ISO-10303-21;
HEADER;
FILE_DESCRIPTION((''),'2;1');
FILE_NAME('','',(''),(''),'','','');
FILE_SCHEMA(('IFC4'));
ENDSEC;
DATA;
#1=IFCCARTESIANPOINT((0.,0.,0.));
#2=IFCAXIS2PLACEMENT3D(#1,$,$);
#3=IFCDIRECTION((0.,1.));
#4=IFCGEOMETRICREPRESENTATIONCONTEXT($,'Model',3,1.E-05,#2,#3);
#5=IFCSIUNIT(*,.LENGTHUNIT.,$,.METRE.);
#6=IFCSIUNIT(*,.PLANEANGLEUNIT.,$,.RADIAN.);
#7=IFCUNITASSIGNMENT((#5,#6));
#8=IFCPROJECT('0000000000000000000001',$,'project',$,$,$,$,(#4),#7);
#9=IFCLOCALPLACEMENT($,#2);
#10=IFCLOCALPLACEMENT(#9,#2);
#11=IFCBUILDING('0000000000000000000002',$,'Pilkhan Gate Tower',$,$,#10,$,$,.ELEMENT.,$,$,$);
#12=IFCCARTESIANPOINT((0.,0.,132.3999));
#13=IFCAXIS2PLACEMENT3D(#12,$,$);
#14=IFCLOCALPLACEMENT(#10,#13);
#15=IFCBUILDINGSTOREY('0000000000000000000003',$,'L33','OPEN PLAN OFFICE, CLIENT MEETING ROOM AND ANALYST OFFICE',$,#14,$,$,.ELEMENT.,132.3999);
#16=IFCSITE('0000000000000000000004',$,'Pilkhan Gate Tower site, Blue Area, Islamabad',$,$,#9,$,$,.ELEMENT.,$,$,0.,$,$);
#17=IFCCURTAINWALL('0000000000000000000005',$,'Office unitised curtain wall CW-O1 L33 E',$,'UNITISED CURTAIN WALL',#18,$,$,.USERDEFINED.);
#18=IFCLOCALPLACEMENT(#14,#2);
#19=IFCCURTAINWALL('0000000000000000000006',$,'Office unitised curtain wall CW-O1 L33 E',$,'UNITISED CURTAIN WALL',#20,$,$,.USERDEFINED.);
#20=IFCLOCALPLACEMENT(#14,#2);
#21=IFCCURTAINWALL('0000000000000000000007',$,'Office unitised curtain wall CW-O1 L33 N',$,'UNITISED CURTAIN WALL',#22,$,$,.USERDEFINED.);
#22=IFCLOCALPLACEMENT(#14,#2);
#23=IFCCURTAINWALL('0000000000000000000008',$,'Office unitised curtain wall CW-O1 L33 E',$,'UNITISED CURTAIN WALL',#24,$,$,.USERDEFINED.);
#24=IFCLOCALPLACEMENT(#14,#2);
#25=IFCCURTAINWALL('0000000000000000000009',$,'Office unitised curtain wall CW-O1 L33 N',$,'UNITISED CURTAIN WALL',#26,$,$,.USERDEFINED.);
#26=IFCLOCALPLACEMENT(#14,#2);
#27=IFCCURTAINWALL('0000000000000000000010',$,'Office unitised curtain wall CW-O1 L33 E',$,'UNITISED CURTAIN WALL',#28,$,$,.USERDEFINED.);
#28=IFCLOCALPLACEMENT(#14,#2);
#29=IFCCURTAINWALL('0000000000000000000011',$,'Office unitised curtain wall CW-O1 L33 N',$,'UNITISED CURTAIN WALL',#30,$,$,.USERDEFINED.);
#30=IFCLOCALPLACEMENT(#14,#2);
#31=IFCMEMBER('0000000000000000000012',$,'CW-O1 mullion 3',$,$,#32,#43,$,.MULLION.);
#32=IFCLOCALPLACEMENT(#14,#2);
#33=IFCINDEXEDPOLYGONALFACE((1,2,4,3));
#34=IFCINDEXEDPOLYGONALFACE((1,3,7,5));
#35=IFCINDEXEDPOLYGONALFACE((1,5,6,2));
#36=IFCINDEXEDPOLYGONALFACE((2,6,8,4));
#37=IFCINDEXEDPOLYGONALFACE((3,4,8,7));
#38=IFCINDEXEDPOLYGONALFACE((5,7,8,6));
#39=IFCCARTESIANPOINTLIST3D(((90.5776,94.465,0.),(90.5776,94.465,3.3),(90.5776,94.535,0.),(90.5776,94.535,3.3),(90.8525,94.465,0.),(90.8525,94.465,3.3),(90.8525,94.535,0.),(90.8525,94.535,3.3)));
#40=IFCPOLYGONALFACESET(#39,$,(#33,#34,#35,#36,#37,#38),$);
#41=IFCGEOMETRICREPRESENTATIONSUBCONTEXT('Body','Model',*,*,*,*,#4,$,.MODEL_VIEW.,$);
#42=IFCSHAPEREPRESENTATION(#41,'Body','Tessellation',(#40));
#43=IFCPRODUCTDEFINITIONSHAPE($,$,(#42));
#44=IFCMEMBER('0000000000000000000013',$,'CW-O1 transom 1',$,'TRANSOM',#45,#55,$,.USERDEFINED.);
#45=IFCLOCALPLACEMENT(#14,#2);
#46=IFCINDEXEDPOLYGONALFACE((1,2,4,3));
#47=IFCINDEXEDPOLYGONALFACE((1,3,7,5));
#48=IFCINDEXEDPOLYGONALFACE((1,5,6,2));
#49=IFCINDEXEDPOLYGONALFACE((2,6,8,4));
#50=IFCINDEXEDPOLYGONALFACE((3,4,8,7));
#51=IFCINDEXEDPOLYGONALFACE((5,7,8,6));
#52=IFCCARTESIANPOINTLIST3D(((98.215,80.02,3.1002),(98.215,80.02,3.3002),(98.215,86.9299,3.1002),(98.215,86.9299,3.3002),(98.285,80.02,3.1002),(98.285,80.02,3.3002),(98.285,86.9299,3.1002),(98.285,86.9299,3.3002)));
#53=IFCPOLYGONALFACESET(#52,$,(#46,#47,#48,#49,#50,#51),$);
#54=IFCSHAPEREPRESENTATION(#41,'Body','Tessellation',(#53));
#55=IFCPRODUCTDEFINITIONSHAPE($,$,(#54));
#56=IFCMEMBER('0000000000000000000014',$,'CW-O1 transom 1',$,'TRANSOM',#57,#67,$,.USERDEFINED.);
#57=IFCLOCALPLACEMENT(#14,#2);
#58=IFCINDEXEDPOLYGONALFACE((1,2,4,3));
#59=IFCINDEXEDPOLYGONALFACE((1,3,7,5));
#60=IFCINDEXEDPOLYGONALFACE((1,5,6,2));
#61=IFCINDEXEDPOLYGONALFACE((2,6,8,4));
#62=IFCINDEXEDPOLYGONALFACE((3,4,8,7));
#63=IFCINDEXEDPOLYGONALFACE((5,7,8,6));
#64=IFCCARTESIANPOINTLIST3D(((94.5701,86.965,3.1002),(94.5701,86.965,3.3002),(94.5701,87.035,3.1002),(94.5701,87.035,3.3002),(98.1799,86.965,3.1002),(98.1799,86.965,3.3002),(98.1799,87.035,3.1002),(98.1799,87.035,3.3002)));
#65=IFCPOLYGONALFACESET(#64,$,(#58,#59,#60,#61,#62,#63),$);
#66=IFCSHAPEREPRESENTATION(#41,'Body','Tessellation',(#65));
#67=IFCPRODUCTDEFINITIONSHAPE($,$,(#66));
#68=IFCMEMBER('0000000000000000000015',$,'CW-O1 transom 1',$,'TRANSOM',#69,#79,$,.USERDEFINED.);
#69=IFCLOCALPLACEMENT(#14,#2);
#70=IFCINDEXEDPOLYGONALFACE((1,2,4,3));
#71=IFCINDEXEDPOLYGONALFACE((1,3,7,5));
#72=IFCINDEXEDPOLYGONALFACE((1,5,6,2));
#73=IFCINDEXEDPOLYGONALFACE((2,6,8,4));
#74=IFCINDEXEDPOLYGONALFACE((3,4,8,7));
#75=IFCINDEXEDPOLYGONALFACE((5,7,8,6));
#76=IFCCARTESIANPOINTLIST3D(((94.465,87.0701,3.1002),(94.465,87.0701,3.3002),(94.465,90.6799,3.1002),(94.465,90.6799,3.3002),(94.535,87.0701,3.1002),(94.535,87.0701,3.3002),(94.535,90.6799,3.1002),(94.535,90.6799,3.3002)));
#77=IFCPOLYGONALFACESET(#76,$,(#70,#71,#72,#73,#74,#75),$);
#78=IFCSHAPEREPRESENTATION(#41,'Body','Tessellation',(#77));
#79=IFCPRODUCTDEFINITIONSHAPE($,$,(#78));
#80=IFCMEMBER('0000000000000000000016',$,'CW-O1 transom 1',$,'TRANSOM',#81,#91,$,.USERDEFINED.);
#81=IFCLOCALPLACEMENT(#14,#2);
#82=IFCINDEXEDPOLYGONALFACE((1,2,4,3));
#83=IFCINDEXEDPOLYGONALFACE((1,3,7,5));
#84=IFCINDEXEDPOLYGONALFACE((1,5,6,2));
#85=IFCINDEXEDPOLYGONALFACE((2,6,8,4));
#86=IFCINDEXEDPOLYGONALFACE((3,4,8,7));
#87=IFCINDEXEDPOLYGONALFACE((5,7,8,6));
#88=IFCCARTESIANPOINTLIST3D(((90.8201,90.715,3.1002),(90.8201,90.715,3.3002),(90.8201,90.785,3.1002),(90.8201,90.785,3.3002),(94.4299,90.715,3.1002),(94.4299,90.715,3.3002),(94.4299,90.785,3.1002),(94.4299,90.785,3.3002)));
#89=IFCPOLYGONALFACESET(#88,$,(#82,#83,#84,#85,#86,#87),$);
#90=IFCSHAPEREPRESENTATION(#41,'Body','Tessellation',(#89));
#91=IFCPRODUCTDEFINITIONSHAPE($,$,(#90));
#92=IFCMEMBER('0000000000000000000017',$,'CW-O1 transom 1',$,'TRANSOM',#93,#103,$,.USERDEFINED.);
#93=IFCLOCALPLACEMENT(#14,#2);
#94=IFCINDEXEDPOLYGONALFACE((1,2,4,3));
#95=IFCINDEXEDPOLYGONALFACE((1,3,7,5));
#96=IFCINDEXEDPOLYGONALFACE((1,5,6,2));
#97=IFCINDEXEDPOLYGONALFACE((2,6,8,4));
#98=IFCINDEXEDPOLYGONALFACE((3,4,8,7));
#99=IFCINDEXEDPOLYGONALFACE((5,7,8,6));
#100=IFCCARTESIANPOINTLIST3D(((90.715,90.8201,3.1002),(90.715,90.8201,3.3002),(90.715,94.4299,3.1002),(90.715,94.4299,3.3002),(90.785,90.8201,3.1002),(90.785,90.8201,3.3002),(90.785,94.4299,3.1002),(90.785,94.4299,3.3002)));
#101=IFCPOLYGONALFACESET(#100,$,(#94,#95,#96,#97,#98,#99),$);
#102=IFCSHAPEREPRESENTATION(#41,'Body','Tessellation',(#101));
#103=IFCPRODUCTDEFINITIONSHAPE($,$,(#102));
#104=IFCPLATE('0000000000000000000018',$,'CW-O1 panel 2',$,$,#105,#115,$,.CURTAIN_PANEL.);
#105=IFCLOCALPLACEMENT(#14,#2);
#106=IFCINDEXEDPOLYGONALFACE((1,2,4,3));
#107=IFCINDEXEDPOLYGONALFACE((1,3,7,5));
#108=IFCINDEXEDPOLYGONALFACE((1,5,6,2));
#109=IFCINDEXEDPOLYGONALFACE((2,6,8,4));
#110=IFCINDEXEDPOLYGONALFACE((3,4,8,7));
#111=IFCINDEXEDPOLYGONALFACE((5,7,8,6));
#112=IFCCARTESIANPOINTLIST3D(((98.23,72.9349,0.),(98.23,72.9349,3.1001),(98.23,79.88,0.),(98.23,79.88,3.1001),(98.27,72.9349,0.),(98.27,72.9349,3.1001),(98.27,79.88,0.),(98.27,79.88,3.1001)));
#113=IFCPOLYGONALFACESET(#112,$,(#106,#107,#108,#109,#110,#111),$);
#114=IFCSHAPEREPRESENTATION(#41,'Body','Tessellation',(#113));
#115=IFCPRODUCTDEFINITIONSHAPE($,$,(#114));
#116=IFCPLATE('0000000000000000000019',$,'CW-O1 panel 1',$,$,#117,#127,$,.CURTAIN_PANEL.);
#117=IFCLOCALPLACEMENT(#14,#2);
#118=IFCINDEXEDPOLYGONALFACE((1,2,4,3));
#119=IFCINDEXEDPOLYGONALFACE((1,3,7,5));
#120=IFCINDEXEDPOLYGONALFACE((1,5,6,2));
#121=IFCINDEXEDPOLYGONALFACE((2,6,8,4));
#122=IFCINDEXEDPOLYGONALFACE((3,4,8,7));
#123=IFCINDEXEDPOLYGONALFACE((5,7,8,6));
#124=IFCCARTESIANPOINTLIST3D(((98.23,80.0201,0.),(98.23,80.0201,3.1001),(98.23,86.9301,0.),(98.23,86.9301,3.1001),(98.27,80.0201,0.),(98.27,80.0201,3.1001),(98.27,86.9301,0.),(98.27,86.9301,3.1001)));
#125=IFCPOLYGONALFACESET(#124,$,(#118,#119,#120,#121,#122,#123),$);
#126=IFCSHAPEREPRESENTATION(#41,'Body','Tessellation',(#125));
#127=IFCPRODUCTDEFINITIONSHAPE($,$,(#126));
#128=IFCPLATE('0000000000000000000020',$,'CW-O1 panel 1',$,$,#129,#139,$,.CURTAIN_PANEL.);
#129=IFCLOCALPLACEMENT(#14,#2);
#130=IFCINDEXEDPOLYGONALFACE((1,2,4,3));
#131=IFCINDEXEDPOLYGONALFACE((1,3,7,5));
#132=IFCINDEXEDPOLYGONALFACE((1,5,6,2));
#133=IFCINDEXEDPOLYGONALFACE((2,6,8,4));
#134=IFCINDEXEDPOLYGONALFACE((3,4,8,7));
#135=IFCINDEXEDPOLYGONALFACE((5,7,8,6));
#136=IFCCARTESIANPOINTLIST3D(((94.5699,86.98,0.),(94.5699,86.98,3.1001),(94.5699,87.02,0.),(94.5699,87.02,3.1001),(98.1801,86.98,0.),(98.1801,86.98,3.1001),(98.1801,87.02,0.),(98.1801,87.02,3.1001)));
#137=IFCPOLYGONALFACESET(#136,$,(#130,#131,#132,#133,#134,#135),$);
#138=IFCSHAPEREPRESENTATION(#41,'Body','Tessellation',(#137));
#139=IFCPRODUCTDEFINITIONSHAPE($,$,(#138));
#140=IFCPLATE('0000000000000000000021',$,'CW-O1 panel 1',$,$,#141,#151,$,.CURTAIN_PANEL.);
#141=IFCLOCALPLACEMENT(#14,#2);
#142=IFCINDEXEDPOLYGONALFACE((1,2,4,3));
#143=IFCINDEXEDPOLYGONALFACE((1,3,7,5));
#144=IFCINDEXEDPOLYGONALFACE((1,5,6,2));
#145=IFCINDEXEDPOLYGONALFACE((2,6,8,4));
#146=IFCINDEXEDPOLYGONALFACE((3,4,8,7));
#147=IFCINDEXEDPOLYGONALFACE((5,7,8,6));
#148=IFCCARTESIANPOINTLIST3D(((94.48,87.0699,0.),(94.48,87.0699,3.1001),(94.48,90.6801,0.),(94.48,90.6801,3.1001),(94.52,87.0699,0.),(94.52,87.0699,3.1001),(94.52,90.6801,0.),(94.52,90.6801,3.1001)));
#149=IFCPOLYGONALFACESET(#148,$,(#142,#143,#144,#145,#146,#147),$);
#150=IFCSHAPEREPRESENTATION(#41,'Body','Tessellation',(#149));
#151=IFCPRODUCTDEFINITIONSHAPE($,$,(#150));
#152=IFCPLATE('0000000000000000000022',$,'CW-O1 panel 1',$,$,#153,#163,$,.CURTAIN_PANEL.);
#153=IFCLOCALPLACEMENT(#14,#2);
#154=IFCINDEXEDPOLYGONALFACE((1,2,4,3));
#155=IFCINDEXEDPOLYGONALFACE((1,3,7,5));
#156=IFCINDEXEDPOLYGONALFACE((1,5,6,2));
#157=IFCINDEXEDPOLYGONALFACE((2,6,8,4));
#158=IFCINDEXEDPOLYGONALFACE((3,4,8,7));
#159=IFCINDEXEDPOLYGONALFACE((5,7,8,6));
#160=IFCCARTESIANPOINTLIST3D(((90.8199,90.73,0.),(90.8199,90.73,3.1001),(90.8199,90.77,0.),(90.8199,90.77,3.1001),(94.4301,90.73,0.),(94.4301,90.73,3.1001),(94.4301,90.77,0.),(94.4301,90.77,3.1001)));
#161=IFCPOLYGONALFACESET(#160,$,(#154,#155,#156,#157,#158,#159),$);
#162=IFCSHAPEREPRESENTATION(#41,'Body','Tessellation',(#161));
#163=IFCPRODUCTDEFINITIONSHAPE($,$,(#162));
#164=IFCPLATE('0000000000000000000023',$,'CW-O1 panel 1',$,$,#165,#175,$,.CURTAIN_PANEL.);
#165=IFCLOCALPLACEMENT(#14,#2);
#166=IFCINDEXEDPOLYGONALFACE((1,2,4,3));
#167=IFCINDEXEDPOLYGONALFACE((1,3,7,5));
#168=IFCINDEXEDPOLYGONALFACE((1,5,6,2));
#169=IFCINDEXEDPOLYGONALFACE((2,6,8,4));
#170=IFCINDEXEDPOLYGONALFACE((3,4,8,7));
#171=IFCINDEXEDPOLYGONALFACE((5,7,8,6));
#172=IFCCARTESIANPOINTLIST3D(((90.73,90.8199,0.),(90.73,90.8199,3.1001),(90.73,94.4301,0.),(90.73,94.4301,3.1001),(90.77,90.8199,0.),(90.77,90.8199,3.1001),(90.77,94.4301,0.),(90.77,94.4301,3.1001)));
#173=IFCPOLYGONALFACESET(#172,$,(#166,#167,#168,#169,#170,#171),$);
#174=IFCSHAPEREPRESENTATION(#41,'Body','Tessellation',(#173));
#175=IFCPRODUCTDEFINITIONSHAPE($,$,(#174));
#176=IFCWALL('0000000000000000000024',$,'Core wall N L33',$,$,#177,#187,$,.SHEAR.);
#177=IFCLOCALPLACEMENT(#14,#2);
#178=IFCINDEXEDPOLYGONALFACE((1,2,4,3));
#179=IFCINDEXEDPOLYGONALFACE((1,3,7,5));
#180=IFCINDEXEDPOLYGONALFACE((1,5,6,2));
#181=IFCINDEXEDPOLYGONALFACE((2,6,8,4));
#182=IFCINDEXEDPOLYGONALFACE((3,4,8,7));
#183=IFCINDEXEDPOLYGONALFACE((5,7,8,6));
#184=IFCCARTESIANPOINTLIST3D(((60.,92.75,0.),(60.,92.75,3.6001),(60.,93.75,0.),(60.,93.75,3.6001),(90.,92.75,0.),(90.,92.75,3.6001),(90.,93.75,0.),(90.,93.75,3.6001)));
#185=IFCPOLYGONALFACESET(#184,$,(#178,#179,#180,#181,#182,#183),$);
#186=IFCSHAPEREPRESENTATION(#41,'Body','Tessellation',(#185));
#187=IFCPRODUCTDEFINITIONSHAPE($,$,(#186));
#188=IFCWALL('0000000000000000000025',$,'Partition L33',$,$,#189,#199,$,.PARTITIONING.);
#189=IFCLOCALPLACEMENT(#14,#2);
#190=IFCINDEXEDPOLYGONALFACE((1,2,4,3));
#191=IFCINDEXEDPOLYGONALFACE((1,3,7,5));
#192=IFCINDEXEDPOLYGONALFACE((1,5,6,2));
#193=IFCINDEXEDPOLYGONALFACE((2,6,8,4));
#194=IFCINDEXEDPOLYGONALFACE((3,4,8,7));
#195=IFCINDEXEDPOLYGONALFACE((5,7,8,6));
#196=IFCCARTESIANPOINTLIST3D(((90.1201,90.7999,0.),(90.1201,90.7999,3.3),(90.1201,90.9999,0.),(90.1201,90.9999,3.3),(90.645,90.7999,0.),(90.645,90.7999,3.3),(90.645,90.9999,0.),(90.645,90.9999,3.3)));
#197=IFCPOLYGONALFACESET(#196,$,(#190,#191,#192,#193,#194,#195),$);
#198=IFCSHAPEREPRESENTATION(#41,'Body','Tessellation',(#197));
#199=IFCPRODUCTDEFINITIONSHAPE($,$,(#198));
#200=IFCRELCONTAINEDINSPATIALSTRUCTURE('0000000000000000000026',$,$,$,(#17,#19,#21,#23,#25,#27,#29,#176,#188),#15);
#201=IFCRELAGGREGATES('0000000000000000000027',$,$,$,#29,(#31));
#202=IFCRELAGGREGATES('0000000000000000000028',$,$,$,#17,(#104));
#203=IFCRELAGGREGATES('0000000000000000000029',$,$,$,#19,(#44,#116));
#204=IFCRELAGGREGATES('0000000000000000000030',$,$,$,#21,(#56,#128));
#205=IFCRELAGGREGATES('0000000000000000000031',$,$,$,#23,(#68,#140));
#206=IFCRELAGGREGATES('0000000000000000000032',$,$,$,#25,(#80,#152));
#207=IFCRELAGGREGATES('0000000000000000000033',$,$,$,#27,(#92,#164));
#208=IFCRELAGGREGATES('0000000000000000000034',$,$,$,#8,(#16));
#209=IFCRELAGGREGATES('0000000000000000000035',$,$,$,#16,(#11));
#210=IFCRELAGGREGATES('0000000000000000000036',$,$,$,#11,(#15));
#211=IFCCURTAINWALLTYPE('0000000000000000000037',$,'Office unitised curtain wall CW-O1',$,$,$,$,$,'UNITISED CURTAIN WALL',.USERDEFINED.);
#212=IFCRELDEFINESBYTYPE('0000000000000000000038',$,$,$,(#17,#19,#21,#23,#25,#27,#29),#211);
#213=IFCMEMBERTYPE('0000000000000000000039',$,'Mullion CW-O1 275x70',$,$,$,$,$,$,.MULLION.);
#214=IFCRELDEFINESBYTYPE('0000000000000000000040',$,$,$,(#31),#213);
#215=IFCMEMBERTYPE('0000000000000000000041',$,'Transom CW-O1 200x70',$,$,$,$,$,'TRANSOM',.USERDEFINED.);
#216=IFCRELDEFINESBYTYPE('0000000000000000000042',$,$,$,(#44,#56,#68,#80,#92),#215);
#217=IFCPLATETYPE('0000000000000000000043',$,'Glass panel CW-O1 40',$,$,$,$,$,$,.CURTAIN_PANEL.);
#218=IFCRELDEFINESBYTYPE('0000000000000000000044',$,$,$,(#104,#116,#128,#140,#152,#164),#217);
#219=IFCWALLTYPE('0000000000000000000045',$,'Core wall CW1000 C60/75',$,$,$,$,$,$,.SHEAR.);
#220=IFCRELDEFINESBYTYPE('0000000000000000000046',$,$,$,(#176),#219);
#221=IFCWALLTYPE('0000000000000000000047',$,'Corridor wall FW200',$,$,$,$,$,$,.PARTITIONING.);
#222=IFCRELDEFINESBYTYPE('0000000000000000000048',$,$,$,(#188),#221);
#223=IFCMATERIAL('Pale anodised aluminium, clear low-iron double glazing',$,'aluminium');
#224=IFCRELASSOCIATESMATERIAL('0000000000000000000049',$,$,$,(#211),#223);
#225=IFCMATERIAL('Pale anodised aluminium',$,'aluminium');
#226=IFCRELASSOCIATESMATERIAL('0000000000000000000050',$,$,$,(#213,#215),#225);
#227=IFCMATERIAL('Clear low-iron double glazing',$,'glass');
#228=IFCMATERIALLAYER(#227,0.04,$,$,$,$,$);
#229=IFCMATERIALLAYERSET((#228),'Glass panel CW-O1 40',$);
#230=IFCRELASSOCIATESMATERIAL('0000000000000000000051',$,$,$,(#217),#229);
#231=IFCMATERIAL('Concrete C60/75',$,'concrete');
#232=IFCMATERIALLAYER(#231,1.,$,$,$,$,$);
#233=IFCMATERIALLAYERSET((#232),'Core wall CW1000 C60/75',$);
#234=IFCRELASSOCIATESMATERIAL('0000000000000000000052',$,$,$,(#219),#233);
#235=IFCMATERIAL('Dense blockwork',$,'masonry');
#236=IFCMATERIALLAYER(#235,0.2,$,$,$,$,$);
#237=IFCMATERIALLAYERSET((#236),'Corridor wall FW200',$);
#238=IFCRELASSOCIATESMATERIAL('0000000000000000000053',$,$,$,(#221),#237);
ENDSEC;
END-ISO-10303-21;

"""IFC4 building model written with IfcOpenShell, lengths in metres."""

from ifc_helpers import new_model, si_unit, direction, frame, frame_2d, origin, origin_2d, place, context, subcontext, project, spatial, rectangle, extrude, material, layer, layer_set, material_profile, profile_set, type_object, element, aggregate, save


model = new_model("IFC4")

# Units and contexts
model_context = context("Model", 3, precision=1e-05, world=origin(), true_north=direction((0.0, 1.0)))
body_context = subcontext(model_context, "Body", "Model", "MODEL_VIEW")
ifc_project = project(units=[si_unit("LENGTHUNIT", "METRE"), si_unit("PLANEANGLEUNIT", "RADIAN")], contexts=[model_context])

# Site, building, storey
site_placement = place(None, origin())
site = spatial("IfcSite", under=ifc_project, at=site_placement, Name="Pilkhan Gate Tower site, Blue Area, Islamabad", CompositionType="ELEMENT", RefElevation=0.0)
building_placement = place(site_placement, origin())
building = spatial("IfcBuilding", under=site, at=building_placement, Name="Pilkhan Gate Tower", CompositionType="ELEMENT")
storey_placement = place(building_placement, frame((0.0, 0.0, 132.3999)))
storey = spatial("IfcBuildingStorey", under=building, at=storey_placement, Name="L33", Description="OPEN PLAN OFFICE, CLIENT MEETING ROOM AND ANALYST OFFICE", CompositionType="ELEMENT", Elevation=132.3999)

# Shared definitions
ifc_material_1 = material(Name="Concrete C60/75", Category="concrete")

# Curtain wall
ifc_material_2 = material(Name="Pale anodised aluminium, clear low-iron double glazing", Category="aluminium")
curtain_wall_type = type_object("IfcCurtainWallType", Name="Office unitised curtain wall CW-O1", ElementType="UNITISED CURTAIN WALL", PredefinedType="USERDEFINED", material=ifc_material_2)
curtain_wall_1_placement = place(storey_placement, origin())
curtain_wall_1 = element("IfcCurtainWall", 1, at=curtain_wall_1_placement, inside=storey, type_object=curtain_wall_type, Name="Office unitised curtain wall CW-O1 L33 E", ObjectType="UNITISED CURTAIN WALL", PredefinedType="USERDEFINED")
ifc_material_3 = material(Name="Pale anodised aluminium", Category="aluminium")
ifc_material_profile_1 = material_profile(ifc_material_3, rectangle(XDim=0.0701, YDim=0.2749, at=origin_2d()), Name="Mullion 275x70")
ifc_profile_set_1 = profile_set([ifc_material_profile_1], Name="Pale anodised aluminium")
member_type_1 = type_object("IfcMemberType", Name="Mullion CW-O1 275x70", PredefinedType="MULLION", material=ifc_profile_set_1)

# Curtain walls
curtain_wall_2_placement = place(storey_placement, origin())
curtain_wall_2 = element("IfcCurtainWall", 2, at=curtain_wall_2_placement, inside=storey, type_object=curtain_wall_type, Name="Office unitised curtain wall CW-O1 L33 E", ObjectType="UNITISED CURTAIN WALL", PredefinedType="USERDEFINED")
curtain_wall_3_placement = place(storey_placement, origin())
curtain_wall_3 = element("IfcCurtainWall", 3, at=curtain_wall_3_placement, inside=storey, type_object=curtain_wall_type, Name="Office unitised curtain wall CW-O1 L33 N", ObjectType="UNITISED CURTAIN WALL", PredefinedType="USERDEFINED")
curtain_wall_4_placement = place(storey_placement, origin())
curtain_wall_4 = element("IfcCurtainWall", 4, at=curtain_wall_4_placement, inside=storey, type_object=curtain_wall_type, Name="Office unitised curtain wall CW-O1 L33 E", ObjectType="UNITISED CURTAIN WALL", PredefinedType="USERDEFINED")
curtain_wall_5_placement = place(storey_placement, origin())
curtain_wall_5 = element("IfcCurtainWall", 5, at=curtain_wall_5_placement, inside=storey, type_object=curtain_wall_type, Name="Office unitised curtain wall CW-O1 L33 N", ObjectType="UNITISED CURTAIN WALL", PredefinedType="USERDEFINED")
curtain_wall_6_placement = place(storey_placement, origin())
curtain_wall_6 = element("IfcCurtainWall", 6, at=curtain_wall_6_placement, inside=storey, type_object=curtain_wall_type, Name="Office unitised curtain wall CW-O1 L33 E", ObjectType="UNITISED CURTAIN WALL", PredefinedType="USERDEFINED")

# Curtain wall, member
curtain_wall_7_placement = place(storey_placement, origin())
curtain_wall_7 = element("IfcCurtainWall", 7, at=curtain_wall_7_placement, inside=storey, type_object=curtain_wall_type, Name="Office unitised curtain wall CW-O1 L33 N", ObjectType="UNITISED CURTAIN WALL", PredefinedType="USERDEFINED")
member_1_placement = place(storey_placement, frame((90.7151, 94.5, 0.0), z_axis=(0.0, 0.0, 1.0), x_axis=(0.0, 1.0, 0.0)))
member_1 = element("IfcMember", 8, at=member_1_placement, type_object=member_type_1, Name="CW-O1 mullion 3", PredefinedType="MULLION", context=body_context, shape_type="SweptSolid", body=[
    extrude(rectangle(XDim=0.0701, YDim=0.2749, at=origin_2d()), origin(), (0.0, 0.0, 1.0), 3.3),
])
aggregate(curtain_wall_7, [member_1])

# Members
ifc_material_profile_2 = material_profile(ifc_material_3, rectangle(XDim=0.0701, YDim=0.2, at=origin_2d()), Name="Transom 200x70")
ifc_profile_set_2 = profile_set([ifc_material_profile_2], Name="Pale anodised aluminium")
member_type_2 = type_object("IfcMemberType", Name="Transom CW-O1 200x70", ElementType="TRANSOM", PredefinedType="USERDEFINED", material=ifc_profile_set_2)
member_2_placement = place(storey_placement, frame((98.25, 80.02, 3.2002), z_axis=(0.0, 1.0, 0.0), x_axis=(-1.0, 0.0, 0.0)))
member_2 = element("IfcMember", 9, at=member_2_placement, type_object=member_type_2, Name="CW-O1 transom 1", ObjectType="TRANSOM", PredefinedType="USERDEFINED", context=body_context, shape_type="SweptSolid", body=[
    extrude(rectangle(XDim=0.0701, YDim=0.2, at=origin_2d()), origin(), (0.0, 0.0, 1.0), 6.9099),
])
member_3_placement = place(storey_placement, frame((94.5701, 87.0, 3.2002), z_axis=(1.0, 0.0, 0.0), x_axis=(0.0, 1.0, 0.0)))
member_3 = element("IfcMember", 10, at=member_3_placement, type_object=member_type_2, Name="CW-O1 transom 1", ObjectType="TRANSOM", PredefinedType="USERDEFINED", context=body_context, shape_type="SweptSolid", body=[
    extrude(rectangle(XDim=0.0701, YDim=0.2, at=origin_2d()), origin(), (0.0, 0.0, 1.0), 3.6099),
])
member_4_placement = place(storey_placement, frame((94.5, 87.0701, 3.2002), z_axis=(0.0, 1.0, 0.0), x_axis=(-1.0, 0.0, 0.0)))
member_4 = element("IfcMember", 11, at=member_4_placement, type_object=member_type_2, Name="CW-O1 transom 1", ObjectType="TRANSOM", PredefinedType="USERDEFINED", context=body_context, shape_type="SweptSolid", body=[
    extrude(rectangle(XDim=0.0701, YDim=0.2, at=origin_2d()), origin(), (0.0, 0.0, 1.0), 3.6099),
])
member_5_placement = place(storey_placement, frame((90.8201, 90.75, 3.2002), z_axis=(1.0, 0.0, 0.0), x_axis=(0.0, 1.0, 0.0)))
member_5 = element("IfcMember", 12, at=member_5_placement, type_object=member_type_2, Name="CW-O1 transom 1", ObjectType="TRANSOM", PredefinedType="USERDEFINED", context=body_context, shape_type="SweptSolid", body=[
    extrude(rectangle(XDim=0.0701, YDim=0.2, at=origin_2d()), origin(), (0.0, 0.0, 1.0), 3.6099),
])
member_6_placement = place(storey_placement, frame((90.75, 90.8201, 3.2002), z_axis=(0.0, 1.0, 0.0), x_axis=(-1.0, 0.0, 0.0)))
member_6 = element("IfcMember", 13, at=member_6_placement, type_object=member_type_2, Name="CW-O1 transom 1", ObjectType="TRANSOM", PredefinedType="USERDEFINED", context=body_context, shape_type="SweptSolid", body=[
    extrude(rectangle(XDim=0.0701, YDim=0.2, at=origin_2d()), origin(), (0.0, 0.0, 1.0), 3.6099),
])

# Plates
ifc_material_4 = material(Name="Clear low-iron double glazing", Category="glass")
ifc_layer_1 = layer(ifc_material_4, 0.04)
ifc_layer_set_1 = layer_set([ifc_layer_1], Name="Glass panel CW-O1 40")
plate_type = type_object("IfcPlateType", Name="Glass panel CW-O1 40", PredefinedType="CURTAIN_PANEL", material=ifc_layer_set_1)
plate_1_placement = place(storey_placement, frame((98.25, 76.4075, 0.0), z_axis=(0.0, 0.0, 1.0), x_axis=(0.0, 1.0, 0.0)))
plate_1 = element("IfcPlate", 14, at=plate_1_placement, type_object=plate_type, Name="CW-O1 panel 2", PredefinedType="CURTAIN_PANEL", context=body_context, shape_type="SweptSolid", body=[
    extrude(rectangle(XDim=6.9451, YDim=0.04, at=origin_2d()), origin(), (0.0, 0.0, 1.0), 3.1001),
])
aggregate(curtain_wall_1, [plate_1])
plate_2_placement = place(storey_placement, frame((98.25, 83.4751, 0.0), z_axis=(0.0, 0.0, 1.0), x_axis=(0.0, 1.0, 0.0)))
plate_2 = element("IfcPlate", 15, at=plate_2_placement, type_object=plate_type, Name="CW-O1 panel 1", PredefinedType="CURTAIN_PANEL", context=body_context, shape_type="SweptSolid", body=[
    extrude(rectangle(XDim=6.9099, YDim=0.04, at=origin_2d()), origin(), (0.0, 0.0, 1.0), 3.1001),
])
aggregate(curtain_wall_2, [member_2, plate_2])
plate_3_placement = place(storey_placement, frame((96.375, 87.0, 0.0), z_axis=(0.0, 0.0, 1.0), x_axis=(1.0, 0.0, 0.0)))
plate_3 = element("IfcPlate", 16, at=plate_3_placement, type_object=plate_type, Name="CW-O1 panel 1", PredefinedType="CURTAIN_PANEL", context=body_context, shape_type="SweptSolid", body=[
    extrude(rectangle(XDim=3.6101, YDim=0.04, at=origin_2d()), origin(), (0.0, 0.0, 1.0), 3.1001),
])
aggregate(curtain_wall_3, [member_3, plate_3])
plate_4_placement = place(storey_placement, frame((94.5, 88.875, 0.0), z_axis=(0.0, 0.0, 1.0), x_axis=(0.0, 1.0, 0.0)))
plate_4 = element("IfcPlate", 17, at=plate_4_placement, type_object=plate_type, Name="CW-O1 panel 1", PredefinedType="CURTAIN_PANEL", context=body_context, shape_type="SweptSolid", body=[
    extrude(rectangle(XDim=3.6101, YDim=0.04, at=origin_2d()), origin(), (0.0, 0.0, 1.0), 3.1001),
])
aggregate(curtain_wall_4, [member_4, plate_4])
plate_5_placement = place(storey_placement, frame((92.625, 90.75, 0.0), z_axis=(0.0, 0.0, 1.0), x_axis=(1.0, 0.0, 0.0)))
plate_5 = element("IfcPlate", 18, at=plate_5_placement, type_object=plate_type, Name="CW-O1 panel 1", PredefinedType="CURTAIN_PANEL", context=body_context, shape_type="SweptSolid", body=[
    extrude(rectangle(XDim=3.6101, YDim=0.04, at=origin_2d()), origin(), (0.0, 0.0, 1.0), 3.1001),
])
aggregate(curtain_wall_5, [member_5, plate_5])
plate_6_placement = place(storey_placement, frame((90.75, 92.625, 0.0), z_axis=(0.0, 0.0, 1.0), x_axis=(0.0, 1.0, 0.0)))
plate_6 = element("IfcPlate", 19, at=plate_6_placement, type_object=plate_type, Name="CW-O1 panel 1", PredefinedType="CURTAIN_PANEL", context=body_context, shape_type="SweptSolid", body=[
    extrude(rectangle(XDim=3.6101, YDim=0.04, at=origin_2d()), origin(), (0.0, 0.0, 1.0), 3.1001),
])
aggregate(curtain_wall_6, [member_6, plate_6])

# Walls
ifc_layer_2 = layer(ifc_material_1, 1.0)
ifc_layer_set_2 = layer_set([ifc_layer_2], Name="Core wall CW1000 C60/75")
wall_type_1 = type_object("IfcWallType", Name="Core wall CW1000 C60/75", PredefinedType="SHEAR", material=ifc_layer_set_2)
wall_1_placement = place(storey_placement, frame((90.0, 93.25, 0.0), z_axis=(0.0, 0.0, 1.0), x_axis=(-1.0, 0.0, 0.0)))
element("IfcWall", 20, at=wall_1_placement, inside=storey, type_object=wall_type_1, Name="Core wall N L33", PredefinedType="SHEAR", context=body_context, shape_type="SweptSolid", body=[
    extrude(rectangle(XDim=30.0, YDim=1.0, at=frame_2d((15.0, 0.0))), origin(), (0.0, 0.0, 1.0), 3.6001),
])
ifc_material_5 = material(Name="Dense blockwork", Category="masonry")
ifc_layer_3 = layer(ifc_material_5, 0.2)
ifc_layer_set_3 = layer_set([ifc_layer_3], Name="Corridor wall FW200")
wall_type_2 = type_object("IfcWallType", Name="Corridor wall FW200", PredefinedType="PARTITIONING", material=ifc_layer_set_3)
wall_2_placement = place(storey_placement, frame((90.1201, 90.8999, 0.0), z_axis=(0.0, 0.0, 1.0), x_axis=(1.0, 0.0, 0.0)))
element("IfcWall", 21, at=wall_2_placement, inside=storey, type_object=wall_type_2, Name="Partition L33", PredefinedType="PARTITIONING", context=body_context, shape_type="SweptSolid", body=[
    extrude(rectangle(XDim=0.5249, YDim=0.2, at=frame_2d((0.2625, 0.0))), origin(), (0.0, 0.0, 1.0), 3.3),
])

save(model, "model.ifc")
